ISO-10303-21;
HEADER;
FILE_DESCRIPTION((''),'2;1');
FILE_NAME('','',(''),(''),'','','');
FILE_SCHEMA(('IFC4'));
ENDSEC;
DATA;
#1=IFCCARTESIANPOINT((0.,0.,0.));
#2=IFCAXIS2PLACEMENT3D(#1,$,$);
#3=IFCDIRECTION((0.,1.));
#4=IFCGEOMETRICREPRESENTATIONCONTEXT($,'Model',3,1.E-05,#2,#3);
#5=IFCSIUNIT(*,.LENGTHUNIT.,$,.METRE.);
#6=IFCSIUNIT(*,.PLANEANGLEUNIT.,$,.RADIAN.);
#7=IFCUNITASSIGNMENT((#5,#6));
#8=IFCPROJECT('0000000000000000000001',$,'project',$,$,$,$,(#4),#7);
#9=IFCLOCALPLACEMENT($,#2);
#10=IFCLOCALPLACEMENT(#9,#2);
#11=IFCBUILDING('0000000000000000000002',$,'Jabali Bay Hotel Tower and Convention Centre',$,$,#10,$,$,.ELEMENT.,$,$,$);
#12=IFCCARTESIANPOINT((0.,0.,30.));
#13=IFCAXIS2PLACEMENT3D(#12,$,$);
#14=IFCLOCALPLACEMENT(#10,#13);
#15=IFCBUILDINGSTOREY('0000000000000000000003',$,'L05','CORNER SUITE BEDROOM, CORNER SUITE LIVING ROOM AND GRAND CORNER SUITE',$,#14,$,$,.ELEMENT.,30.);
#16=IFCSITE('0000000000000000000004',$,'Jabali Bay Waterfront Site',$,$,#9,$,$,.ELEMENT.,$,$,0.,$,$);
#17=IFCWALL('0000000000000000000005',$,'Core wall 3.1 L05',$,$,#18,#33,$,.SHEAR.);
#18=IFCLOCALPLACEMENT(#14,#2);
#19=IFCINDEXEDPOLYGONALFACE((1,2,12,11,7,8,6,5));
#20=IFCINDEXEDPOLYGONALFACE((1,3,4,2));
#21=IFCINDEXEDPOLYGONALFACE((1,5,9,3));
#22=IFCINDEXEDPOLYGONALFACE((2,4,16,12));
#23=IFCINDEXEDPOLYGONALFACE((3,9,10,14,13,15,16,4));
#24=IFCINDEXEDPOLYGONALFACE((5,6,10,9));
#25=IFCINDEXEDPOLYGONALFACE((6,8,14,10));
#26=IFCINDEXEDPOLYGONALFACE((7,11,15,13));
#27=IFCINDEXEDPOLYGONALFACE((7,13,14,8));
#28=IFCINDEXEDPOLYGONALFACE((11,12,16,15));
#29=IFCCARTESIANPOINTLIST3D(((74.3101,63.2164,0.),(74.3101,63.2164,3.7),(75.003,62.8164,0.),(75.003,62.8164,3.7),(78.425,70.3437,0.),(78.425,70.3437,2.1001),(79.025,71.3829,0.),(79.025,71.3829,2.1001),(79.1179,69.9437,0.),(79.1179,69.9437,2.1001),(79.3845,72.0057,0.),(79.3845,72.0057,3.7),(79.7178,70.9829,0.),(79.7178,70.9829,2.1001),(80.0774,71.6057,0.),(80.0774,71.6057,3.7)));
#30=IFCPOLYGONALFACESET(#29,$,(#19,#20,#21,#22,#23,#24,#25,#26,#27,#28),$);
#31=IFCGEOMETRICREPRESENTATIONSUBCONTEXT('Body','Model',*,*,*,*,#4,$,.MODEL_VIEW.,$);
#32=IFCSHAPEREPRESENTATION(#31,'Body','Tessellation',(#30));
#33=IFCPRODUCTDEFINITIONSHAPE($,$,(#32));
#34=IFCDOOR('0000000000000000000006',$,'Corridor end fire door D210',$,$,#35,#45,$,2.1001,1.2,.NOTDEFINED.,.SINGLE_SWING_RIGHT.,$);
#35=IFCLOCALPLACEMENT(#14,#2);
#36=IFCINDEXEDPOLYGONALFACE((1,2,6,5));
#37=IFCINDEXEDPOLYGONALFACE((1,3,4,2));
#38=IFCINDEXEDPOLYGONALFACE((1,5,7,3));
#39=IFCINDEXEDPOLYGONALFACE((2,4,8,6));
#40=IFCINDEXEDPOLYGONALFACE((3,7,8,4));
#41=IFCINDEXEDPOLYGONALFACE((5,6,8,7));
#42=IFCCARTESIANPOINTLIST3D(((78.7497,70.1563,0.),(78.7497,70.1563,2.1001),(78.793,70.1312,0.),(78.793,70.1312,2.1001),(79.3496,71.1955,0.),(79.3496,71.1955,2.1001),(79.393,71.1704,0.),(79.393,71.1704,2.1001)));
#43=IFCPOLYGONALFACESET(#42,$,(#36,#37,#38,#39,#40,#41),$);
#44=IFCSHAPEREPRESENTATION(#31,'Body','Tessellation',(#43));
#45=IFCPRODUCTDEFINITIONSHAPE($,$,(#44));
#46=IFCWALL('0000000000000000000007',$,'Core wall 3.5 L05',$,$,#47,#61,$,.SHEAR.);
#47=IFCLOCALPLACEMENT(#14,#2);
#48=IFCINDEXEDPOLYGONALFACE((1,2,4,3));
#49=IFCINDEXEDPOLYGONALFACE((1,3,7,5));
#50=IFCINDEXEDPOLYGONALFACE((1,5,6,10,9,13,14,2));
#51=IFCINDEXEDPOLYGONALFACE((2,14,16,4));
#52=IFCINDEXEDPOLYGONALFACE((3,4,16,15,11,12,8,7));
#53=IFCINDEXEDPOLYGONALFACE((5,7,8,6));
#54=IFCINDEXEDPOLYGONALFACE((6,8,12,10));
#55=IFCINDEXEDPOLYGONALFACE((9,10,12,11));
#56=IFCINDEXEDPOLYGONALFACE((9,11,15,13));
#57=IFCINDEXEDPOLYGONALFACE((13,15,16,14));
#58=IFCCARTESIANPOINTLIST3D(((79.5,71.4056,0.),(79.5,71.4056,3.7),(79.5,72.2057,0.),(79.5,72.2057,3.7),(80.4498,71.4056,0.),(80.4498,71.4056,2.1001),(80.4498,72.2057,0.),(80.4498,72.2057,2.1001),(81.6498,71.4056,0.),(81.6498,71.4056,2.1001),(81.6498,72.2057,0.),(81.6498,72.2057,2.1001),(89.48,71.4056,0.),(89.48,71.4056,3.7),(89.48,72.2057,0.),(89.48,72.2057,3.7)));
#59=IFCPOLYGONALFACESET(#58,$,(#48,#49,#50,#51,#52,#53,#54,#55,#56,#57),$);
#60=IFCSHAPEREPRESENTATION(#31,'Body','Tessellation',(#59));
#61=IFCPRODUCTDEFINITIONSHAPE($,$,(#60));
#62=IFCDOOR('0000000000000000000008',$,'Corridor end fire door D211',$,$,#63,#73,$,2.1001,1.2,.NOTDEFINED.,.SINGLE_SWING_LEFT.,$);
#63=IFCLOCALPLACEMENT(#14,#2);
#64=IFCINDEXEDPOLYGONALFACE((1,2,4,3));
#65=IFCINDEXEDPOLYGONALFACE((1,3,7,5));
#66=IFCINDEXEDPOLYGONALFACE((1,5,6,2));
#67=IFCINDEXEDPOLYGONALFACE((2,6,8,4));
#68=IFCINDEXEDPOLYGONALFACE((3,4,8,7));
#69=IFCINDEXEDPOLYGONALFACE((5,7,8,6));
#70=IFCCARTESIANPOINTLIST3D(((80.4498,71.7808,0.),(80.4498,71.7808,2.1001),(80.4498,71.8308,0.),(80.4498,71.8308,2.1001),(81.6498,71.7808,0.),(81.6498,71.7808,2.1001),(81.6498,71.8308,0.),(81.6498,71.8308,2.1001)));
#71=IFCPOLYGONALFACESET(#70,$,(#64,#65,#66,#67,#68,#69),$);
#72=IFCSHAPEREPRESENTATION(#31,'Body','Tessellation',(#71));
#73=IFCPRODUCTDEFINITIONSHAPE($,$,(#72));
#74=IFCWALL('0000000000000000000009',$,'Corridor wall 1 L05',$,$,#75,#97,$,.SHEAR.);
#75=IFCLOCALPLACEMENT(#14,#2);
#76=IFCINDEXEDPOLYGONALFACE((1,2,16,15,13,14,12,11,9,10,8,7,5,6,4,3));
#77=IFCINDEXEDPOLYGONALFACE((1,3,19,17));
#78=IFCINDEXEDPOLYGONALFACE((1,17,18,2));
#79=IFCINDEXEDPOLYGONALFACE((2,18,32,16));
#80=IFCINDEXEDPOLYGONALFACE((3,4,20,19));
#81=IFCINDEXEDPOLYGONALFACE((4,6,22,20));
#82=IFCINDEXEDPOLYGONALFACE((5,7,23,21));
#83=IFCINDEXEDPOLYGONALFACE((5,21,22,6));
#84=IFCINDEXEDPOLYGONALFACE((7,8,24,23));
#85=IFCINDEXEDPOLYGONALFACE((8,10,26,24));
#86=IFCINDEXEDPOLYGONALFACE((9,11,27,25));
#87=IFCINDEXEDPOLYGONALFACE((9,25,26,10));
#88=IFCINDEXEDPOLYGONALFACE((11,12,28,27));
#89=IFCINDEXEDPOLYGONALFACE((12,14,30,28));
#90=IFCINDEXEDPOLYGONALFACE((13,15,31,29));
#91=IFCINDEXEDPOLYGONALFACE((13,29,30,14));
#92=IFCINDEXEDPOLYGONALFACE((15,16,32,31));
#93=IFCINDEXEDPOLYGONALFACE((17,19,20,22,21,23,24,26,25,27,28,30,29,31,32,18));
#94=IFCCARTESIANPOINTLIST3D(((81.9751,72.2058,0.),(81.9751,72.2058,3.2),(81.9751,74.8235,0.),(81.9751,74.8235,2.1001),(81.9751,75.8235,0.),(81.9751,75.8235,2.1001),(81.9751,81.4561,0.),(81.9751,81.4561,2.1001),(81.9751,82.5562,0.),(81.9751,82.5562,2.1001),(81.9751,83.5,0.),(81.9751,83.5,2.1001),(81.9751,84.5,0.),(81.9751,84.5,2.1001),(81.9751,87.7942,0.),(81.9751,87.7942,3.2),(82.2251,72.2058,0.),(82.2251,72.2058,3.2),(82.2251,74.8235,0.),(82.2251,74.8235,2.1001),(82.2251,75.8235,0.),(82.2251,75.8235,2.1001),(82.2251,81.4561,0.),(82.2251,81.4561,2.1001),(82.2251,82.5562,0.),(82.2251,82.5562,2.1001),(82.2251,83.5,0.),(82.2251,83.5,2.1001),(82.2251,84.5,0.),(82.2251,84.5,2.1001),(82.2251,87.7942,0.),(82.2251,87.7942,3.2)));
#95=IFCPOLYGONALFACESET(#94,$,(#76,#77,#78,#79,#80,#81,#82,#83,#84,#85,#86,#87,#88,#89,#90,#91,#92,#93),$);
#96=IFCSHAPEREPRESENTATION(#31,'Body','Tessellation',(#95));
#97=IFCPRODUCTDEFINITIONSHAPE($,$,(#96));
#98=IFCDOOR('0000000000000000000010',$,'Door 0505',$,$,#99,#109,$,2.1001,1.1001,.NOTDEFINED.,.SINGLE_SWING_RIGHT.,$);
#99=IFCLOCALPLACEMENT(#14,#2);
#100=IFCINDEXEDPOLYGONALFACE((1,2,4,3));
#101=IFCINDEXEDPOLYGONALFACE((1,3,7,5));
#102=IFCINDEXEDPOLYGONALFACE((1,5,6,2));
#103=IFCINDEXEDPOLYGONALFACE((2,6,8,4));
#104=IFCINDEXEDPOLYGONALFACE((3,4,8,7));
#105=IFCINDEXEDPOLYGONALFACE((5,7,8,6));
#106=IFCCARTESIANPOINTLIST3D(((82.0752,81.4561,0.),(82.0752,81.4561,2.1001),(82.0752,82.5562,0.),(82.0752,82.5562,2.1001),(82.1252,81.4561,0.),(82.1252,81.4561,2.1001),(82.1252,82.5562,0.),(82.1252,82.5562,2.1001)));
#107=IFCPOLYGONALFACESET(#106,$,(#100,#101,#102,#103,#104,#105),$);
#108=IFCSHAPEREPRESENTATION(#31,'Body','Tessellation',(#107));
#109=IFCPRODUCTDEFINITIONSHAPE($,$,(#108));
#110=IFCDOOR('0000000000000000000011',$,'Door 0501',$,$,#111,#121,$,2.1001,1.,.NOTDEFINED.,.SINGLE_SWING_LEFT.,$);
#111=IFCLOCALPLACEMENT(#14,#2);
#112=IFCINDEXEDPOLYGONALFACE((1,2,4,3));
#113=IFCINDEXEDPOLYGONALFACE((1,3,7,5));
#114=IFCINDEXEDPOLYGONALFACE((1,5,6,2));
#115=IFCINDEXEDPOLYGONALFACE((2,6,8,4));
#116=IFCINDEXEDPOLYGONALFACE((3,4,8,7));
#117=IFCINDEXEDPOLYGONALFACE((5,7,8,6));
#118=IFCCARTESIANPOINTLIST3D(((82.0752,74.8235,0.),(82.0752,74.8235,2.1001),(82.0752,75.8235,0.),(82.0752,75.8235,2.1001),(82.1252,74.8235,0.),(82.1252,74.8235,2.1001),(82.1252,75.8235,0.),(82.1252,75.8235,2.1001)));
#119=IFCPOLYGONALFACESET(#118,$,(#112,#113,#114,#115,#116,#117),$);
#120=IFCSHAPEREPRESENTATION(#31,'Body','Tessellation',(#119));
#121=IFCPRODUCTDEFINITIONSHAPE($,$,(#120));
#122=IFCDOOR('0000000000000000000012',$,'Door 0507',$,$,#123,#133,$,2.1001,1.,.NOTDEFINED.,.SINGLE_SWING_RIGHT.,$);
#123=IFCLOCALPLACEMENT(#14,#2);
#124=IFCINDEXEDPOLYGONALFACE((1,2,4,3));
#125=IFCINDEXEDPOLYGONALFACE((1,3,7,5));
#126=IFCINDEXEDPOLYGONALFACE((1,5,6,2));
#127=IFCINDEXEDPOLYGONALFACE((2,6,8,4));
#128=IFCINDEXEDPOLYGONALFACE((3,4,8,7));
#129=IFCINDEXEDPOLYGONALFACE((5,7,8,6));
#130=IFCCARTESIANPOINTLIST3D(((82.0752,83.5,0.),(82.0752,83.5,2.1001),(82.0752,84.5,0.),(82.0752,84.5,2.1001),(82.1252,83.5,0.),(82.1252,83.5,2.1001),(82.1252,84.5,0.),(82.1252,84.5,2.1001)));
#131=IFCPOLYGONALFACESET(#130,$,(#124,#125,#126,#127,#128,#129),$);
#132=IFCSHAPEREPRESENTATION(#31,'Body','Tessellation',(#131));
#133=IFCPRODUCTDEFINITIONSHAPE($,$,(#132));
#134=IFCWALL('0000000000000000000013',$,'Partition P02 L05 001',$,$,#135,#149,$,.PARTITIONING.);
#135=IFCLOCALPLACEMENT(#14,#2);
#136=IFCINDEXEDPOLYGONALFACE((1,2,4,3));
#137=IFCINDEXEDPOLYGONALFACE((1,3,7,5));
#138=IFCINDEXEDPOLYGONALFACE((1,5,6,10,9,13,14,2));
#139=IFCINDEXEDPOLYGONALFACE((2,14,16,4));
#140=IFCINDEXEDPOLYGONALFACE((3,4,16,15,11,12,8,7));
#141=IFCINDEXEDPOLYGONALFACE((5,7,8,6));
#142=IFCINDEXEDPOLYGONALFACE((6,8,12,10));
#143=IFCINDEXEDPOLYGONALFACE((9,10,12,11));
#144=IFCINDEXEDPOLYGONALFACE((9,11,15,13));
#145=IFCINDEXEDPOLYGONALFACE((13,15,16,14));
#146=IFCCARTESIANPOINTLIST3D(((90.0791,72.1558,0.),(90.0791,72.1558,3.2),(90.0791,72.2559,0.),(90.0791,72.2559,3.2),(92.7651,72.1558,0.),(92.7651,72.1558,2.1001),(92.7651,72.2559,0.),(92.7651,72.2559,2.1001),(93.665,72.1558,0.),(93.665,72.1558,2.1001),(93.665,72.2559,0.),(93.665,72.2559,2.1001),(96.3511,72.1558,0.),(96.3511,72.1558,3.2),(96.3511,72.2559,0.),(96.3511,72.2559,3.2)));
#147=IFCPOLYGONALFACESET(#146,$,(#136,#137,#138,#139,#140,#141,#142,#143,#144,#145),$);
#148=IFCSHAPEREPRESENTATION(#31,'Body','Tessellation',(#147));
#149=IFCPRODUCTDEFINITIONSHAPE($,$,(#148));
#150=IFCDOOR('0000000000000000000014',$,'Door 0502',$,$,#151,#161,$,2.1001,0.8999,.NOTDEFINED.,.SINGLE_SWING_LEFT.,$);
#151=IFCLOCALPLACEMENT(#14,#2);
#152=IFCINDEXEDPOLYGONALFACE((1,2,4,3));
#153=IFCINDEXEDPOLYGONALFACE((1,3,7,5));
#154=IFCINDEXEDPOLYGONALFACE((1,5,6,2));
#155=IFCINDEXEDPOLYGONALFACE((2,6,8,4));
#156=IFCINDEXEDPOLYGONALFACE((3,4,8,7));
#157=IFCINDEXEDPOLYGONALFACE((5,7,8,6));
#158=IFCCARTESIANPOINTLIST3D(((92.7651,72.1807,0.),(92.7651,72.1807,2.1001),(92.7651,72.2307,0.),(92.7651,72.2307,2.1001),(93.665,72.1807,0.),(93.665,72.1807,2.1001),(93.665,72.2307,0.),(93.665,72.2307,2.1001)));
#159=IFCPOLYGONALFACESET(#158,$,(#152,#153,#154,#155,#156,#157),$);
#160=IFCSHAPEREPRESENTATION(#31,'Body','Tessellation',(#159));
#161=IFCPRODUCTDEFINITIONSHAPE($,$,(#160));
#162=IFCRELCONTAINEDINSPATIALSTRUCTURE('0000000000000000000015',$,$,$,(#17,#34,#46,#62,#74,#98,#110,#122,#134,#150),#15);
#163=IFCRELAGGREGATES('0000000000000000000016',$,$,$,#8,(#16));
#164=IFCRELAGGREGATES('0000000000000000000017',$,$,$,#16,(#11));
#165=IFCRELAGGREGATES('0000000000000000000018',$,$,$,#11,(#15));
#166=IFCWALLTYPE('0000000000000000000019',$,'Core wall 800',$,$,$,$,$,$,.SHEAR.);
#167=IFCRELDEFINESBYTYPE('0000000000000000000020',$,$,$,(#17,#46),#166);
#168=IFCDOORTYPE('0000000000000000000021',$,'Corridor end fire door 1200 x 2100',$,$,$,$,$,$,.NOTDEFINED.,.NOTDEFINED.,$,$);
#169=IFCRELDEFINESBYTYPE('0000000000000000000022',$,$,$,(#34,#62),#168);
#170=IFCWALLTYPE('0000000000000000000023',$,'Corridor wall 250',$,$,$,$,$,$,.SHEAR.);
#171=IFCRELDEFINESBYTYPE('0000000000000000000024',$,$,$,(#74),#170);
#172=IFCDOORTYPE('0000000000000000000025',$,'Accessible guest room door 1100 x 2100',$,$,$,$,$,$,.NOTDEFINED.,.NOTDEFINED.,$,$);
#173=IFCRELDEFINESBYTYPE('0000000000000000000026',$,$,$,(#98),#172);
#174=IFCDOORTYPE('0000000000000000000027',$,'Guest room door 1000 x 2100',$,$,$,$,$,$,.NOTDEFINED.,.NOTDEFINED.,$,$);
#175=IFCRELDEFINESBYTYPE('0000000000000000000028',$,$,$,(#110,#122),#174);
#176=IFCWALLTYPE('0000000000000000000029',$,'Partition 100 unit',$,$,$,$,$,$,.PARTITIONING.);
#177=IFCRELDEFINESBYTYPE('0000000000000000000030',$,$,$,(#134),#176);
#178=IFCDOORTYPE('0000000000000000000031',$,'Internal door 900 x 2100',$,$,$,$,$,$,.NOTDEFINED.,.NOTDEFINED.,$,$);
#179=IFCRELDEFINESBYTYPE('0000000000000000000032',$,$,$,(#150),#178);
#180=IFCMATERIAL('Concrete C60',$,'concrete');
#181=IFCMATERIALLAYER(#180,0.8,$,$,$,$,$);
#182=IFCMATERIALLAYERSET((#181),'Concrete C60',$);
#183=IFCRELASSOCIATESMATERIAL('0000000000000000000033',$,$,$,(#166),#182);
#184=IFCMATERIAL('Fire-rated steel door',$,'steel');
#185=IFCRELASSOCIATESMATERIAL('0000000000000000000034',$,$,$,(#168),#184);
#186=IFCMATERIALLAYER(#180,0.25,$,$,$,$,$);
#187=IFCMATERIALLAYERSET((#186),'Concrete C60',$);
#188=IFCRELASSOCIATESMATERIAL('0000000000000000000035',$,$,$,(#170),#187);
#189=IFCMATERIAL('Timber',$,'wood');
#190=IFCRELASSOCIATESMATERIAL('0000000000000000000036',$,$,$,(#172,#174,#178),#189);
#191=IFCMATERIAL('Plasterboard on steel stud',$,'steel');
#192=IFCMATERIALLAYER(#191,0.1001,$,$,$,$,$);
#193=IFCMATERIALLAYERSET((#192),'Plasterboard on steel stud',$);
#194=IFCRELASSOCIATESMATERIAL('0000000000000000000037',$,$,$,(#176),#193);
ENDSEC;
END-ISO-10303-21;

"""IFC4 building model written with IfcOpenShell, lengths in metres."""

from ifc_helpers import new_model, si_unit, direction, frame, frame_2d, origin, place, context, subcontext, project, spatial, rectangle, extrude, material, layer, layer_set, type_object, element, fill, save


model = new_model("IFC4")

# Units and contexts
model_context = context("Model", 3, precision=1e-05, world=origin(), true_north=direction((0.0, 1.0)))
body_context = subcontext(model_context, "Body", "Model", "MODEL_VIEW")
ifc_project = project(units=[si_unit("LENGTHUNIT", "METRE"), si_unit("PLANEANGLEUNIT", "RADIAN")], contexts=[model_context])

# Site, building, storey
site_placement = place(None, origin())
site = spatial("IfcSite", under=ifc_project, at=site_placement, Name="Jabali Bay Waterfront Site", CompositionType="ELEMENT", RefElevation=0.0)
building_placement = place(site_placement, origin())
building = spatial("IfcBuilding", under=site, at=building_placement, Name="Jabali Bay Hotel Tower and Convention Centre", CompositionType="ELEMENT")
storey_placement = place(building_placement, frame((0.0, 0.0, 30.0)))
storey = spatial("IfcBuildingStorey", under=building, at=storey_placement, Name="L05", Description="CORNER SUITE BEDROOM, CORNER SUITE LIVING ROOM AND GRAND CORNER SUITE", CompositionType="ELEMENT", Elevation=30.0)

# Shared definitions
ifc_material_1 = material(Name="Concrete C60", Category="concrete")

# Shared definitions
ifc_material_2 = material(Name="Fire-rated steel door", Category="steel")

# Walls, openings, doors
ifc_layer_1 = layer(ifc_material_1, 0.8)
ifc_layer_set_1 = layer_set([ifc_layer_1], Name="Concrete C60")
wall_type_1 = type_object("IfcWallType", Name="Core wall 800", PredefinedType="SHEAR", material=ifc_layer_set_1)
wall_1_placement = place(storey_placement, frame((79.731, 71.8057, 0.0), z_axis=(0.0, 0.0, 1.0), x_axis=(-0.499997, -0.866027, 0.0)))
wall_1 = element("IfcWall", 1, at=wall_1_placement, inside=storey, type_object=wall_type_1, Name="Core wall 3.1 L05", PredefinedType="SHEAR", context=body_context, shape_type="SweptSolid", body=[
    extrude(rectangle(XDim=10.1489, YDim=0.8, at=frame_2d((5.0745, 0.0))), origin(), (0.0, 0.0, 1.0), 3.7),
])
opening_1_placement = place(wall_1_placement, frame((0.719, 0.0, 0.0)))
opening_1 = element("IfcOpeningElement", 2, at=opening_1_placement, cuts=wall_1, PredefinedType="OPENING", context=body_context, shape_type="SweptSolid", body=[
    extrude(rectangle(XDim=1.2, YDim=2.1001, at=frame_2d((0.6001, 1.05))), frame((0.0, 0.4106, 0.0), z_axis=(0.0, -1.0, 0.0), x_axis=(1.0, 0.0, 0.0)), (0.0, 0.0, 1.0), 0.821),
])
door_type_1 = type_object("IfcDoorType", Name="Corridor end fire door 1200 x 2100", OperationType="NOTDEFINED", PredefinedType="NOTDEFINED", material=ifc_material_2)
door_1_placement = place(opening_1_placement, origin())
door_1 = element("IfcDoor", 3, at=door_1_placement, inside=storey, type_object=door_type_1, Name="Corridor end fire door D210", OperationType="SINGLE_SWING_RIGHT", OverallHeight=2.1001, OverallWidth=1.2, PredefinedType="NOTDEFINED", context=body_context, shape_type="SweptSolid", body=[
    extrude(rectangle(XDim=1.2, YDim=2.1001, at=frame_2d((0.6001, 1.05))), frame((0.0, 0.0249, 0.0), z_axis=(0.0, -1.0, 0.0), x_axis=(1.0, 0.0, 0.0)), (0.0, 0.0, 1.0), 0.05),
])
fill(opening_1, door_1)
wall_2_placement = place(storey_placement, frame((89.48, 71.8057, 0.0), z_axis=(0.0, 0.0, 1.0), x_axis=(-1.0, 0.0, 0.0)))
wall_2 = element("IfcWall", 4, at=wall_2_placement, inside=storey, type_object=wall_type_1, Name="Core wall 3.5 L05", PredefinedType="SHEAR", context=body_context, shape_type="SweptSolid", body=[
    extrude(rectangle(XDim=9.98, YDim=0.8, at=frame_2d((4.99, 0.0))), origin(), (0.0, 0.0, 1.0), 3.7),
])
opening_2_placement = place(wall_2_placement, frame((7.8301, 0.0, 0.0)))
opening_2 = element("IfcOpeningElement", 5, at=opening_2_placement, cuts=wall_2, PredefinedType="OPENING", context=body_context, shape_type="SweptSolid", body=[
    extrude(rectangle(XDim=1.2, YDim=2.1001, at=frame_2d((0.6001, 1.05))), frame((0.0, 0.4106, 0.0), z_axis=(0.0, -1.0, 0.0), x_axis=(1.0, 0.0, 0.0)), (0.0, 0.0, 1.0), 0.821),
])
door_2_placement = place(opening_2_placement, origin())
door_2 = element("IfcDoor", 6, at=door_2_placement, inside=storey, type_object=door_type_1, Name="Corridor end fire door D211", OperationType="SINGLE_SWING_LEFT", OverallHeight=2.1001, OverallWidth=1.2, PredefinedType="NOTDEFINED", context=body_context, shape_type="SweptSolid", body=[
    extrude(rectangle(XDim=1.2, YDim=2.1001, at=frame_2d((0.6001, 1.05))), frame((0.0, 0.0249, 0.0), z_axis=(0.0, -1.0, 0.0), x_axis=(1.0, 0.0, 0.0)), (0.0, 0.0, 1.0), 0.05),
])
fill(opening_2, door_2)

# Wall, openings, doors
ifc_layer_2 = layer(ifc_material_1, 0.25)
ifc_layer_set_2 = layer_set([ifc_layer_2], Name="Concrete C60")
wall_type_2 = type_object("IfcWallType", Name="Corridor wall 250", PredefinedType="SHEAR", material=ifc_layer_set_2)
wall_3_placement = place(storey_placement, frame((82.1001, 72.2058, 0.0), z_axis=(0.0, 0.0, 1.0), x_axis=(0.0, 1.0, 0.0)))
wall_3 = element("IfcWall", 7, at=wall_3_placement, inside=storey, type_object=wall_type_2, Name="Corridor wall 1 L05", PredefinedType="SHEAR", context=body_context, shape_type="SweptSolid", body=[
    extrude(rectangle(XDim=15.5884, YDim=0.25, at=frame_2d((7.7942, 0.0))), origin(), (0.0, 0.0, 1.0), 3.2),
])
opening_3_placement = place(wall_3_placement, frame((2.6177, 0.0, 0.0)))
opening_3 = element("IfcOpeningElement", 8, at=opening_3_placement, cuts=wall_3, PredefinedType="OPENING", context=body_context, shape_type="SweptSolid", body=[
    extrude(rectangle(XDim=1.0, YDim=2.1001, at=frame_2d((0.5, 1.05))), frame((0.0, 0.1355, 0.0), z_axis=(0.0, -1.0, 0.0), x_axis=(1.0, 0.0, 0.0)), (0.0, 0.0, 1.0), 0.271),
])
opening_4_placement = place(wall_3_placement, frame((9.2502, 0.0, 0.0)))
opening_4 = element("IfcOpeningElement", 9, at=opening_4_placement, cuts=wall_3, PredefinedType="OPENING", context=body_context, shape_type="SweptSolid", body=[
    extrude(rectangle(XDim=1.1001, YDim=2.1001, at=frame_2d((0.55, 1.05))), frame((0.0, 0.1355, 0.0), z_axis=(0.0, -1.0, 0.0), x_axis=(1.0, 0.0, 0.0)), (0.0, 0.0, 1.0), 0.271),
])
opening_5_placement = place(wall_3_placement, frame((11.2942, 0.0, 0.0)))
opening_5 = element("IfcOpeningElement", 10, at=opening_5_placement, cuts=wall_3, PredefinedType="OPENING", context=body_context, shape_type="SweptSolid", body=[
    extrude(rectangle(XDim=1.0, YDim=2.1001, at=frame_2d((0.5, 1.05))), frame((0.0, 0.1355, 0.0), z_axis=(0.0, -1.0, 0.0), x_axis=(1.0, 0.0, 0.0)), (0.0, 0.0, 1.0), 0.271),
])
ifc_material_3 = material(Name="Timber", Category="wood")
door_type_2 = type_object("IfcDoorType", Name="Accessible guest room door 1100 x 2100", OperationType="NOTDEFINED", PredefinedType="NOTDEFINED", material=ifc_material_3)
door_3_placement = place(opening_4_placement, origin())
door_3 = element("IfcDoor", 11, at=door_3_placement, inside=storey, type_object=door_type_2, Name="Door 0505", OperationType="SINGLE_SWING_RIGHT", OverallHeight=2.1001, OverallWidth=1.1001, PredefinedType="NOTDEFINED", context=body_context, shape_type="SweptSolid", body=[
    extrude(rectangle(XDim=1.1001, YDim=2.1001, at=frame_2d((0.55, 1.05))), frame((0.0, 0.0249, 0.0), z_axis=(0.0, -1.0, 0.0), x_axis=(1.0, 0.0, 0.0)), (0.0, 0.0, 1.0), 0.05),
])
fill(opening_4, door_3)
door_type_3 = type_object("IfcDoorType", Name="Guest room door 1000 x 2100", OperationType="NOTDEFINED", PredefinedType="NOTDEFINED", material=ifc_material_3)
door_4_placement = place(opening_3_placement, origin())
door_4 = element("IfcDoor", 12, at=door_4_placement, inside=storey, type_object=door_type_3, Name="Door 0501", OperationType="SINGLE_SWING_LEFT", OverallHeight=2.1001, OverallWidth=1.0, PredefinedType="NOTDEFINED", context=body_context, shape_type="SweptSolid", body=[
    extrude(rectangle(XDim=1.0, YDim=2.1001, at=frame_2d((0.5, 1.05))), frame((0.0, 0.0249, 0.0), z_axis=(0.0, -1.0, 0.0), x_axis=(1.0, 0.0, 0.0)), (0.0, 0.0, 1.0), 0.05),
])
fill(opening_3, door_4)
door_5_placement = place(opening_5_placement, origin())
door_5 = element("IfcDoor", 13, at=door_5_placement, inside=storey, type_object=door_type_3, Name="Door 0507", OperationType="SINGLE_SWING_RIGHT", OverallHeight=2.1001, OverallWidth=1.0, PredefinedType="NOTDEFINED", context=body_context, shape_type="SweptSolid", body=[
    extrude(rectangle(XDim=1.0, YDim=2.1001, at=frame_2d((0.5, 1.05))), frame((0.0, 0.0249, 0.0), z_axis=(0.0, -1.0, 0.0), x_axis=(1.0, 0.0, 0.0)), (0.0, 0.0, 1.0), 0.05),
])
fill(opening_5, door_5)

# Wall, opening, door
ifc_material_4 = material(Name="Plasterboard on steel stud", Category="steel")
ifc_layer_3 = layer(ifc_material_4, 0.1001)
ifc_layer_set_3 = layer_set([ifc_layer_3], Name="Plasterboard on steel stud")
wall_type_3 = type_object("IfcWallType", Name="Partition 100 unit", PredefinedType="PARTITIONING", material=ifc_layer_set_3)
wall_4_placement = place(storey_placement, frame((90.0791, 72.2058, 0.0), z_axis=(0.0, 0.0, 1.0), x_axis=(1.0, 0.0, 0.0)))
wall_4 = element("IfcWall", 14, at=wall_4_placement, inside=storey, type_object=wall_type_3, Name="Partition P02 L05 001", PredefinedType="PARTITIONING", context=body_context, shape_type="SweptSolid", body=[
    extrude(rectangle(XDim=6.272, YDim=0.1001, at=frame_2d((3.136, 0.0))), origin(), (0.0, 0.0, 1.0), 3.2),
])
opening_6_placement = place(wall_4_placement, frame((2.686, 0.0, 0.0)))
opening_6 = element("IfcOpeningElement", 15, at=opening_6_placement, cuts=wall_4, PredefinedType="OPENING", context=body_context, shape_type="SweptSolid", body=[
    extrude(rectangle(XDim=0.8999, YDim=2.1001, at=frame_2d((0.45, 1.05))), frame((0.0, 0.0605, 0.0), z_axis=(0.0, -1.0, 0.0), x_axis=(1.0, 0.0, 0.0)), (0.0, 0.0, 1.0), 0.1211),
])
door_type_4 = type_object("IfcDoorType", Name="Internal door 900 x 2100", OperationType="NOTDEFINED", PredefinedType="NOTDEFINED", material=ifc_material_3)
door_6_placement = place(opening_6_placement, origin())
door_6 = element("IfcDoor", 16, at=door_6_placement, inside=storey, type_object=door_type_4, Name="Door 0502", OperationType="SINGLE_SWING_LEFT", OverallHeight=2.1001, OverallWidth=0.8999, PredefinedType="NOTDEFINED", context=body_context, shape_type="SweptSolid", body=[
    extrude(rectangle(XDim=0.8999, YDim=2.1001, at=frame_2d((0.45, 1.05))), frame((0.0, 0.0249, 0.0), z_axis=(0.0, -1.0, 0.0), x_axis=(1.0, 0.0, 0.0)), (0.0, 0.0, 1.0), 0.05),
])
fill(opening_6, door_6)

save(model, "model.ifc")
